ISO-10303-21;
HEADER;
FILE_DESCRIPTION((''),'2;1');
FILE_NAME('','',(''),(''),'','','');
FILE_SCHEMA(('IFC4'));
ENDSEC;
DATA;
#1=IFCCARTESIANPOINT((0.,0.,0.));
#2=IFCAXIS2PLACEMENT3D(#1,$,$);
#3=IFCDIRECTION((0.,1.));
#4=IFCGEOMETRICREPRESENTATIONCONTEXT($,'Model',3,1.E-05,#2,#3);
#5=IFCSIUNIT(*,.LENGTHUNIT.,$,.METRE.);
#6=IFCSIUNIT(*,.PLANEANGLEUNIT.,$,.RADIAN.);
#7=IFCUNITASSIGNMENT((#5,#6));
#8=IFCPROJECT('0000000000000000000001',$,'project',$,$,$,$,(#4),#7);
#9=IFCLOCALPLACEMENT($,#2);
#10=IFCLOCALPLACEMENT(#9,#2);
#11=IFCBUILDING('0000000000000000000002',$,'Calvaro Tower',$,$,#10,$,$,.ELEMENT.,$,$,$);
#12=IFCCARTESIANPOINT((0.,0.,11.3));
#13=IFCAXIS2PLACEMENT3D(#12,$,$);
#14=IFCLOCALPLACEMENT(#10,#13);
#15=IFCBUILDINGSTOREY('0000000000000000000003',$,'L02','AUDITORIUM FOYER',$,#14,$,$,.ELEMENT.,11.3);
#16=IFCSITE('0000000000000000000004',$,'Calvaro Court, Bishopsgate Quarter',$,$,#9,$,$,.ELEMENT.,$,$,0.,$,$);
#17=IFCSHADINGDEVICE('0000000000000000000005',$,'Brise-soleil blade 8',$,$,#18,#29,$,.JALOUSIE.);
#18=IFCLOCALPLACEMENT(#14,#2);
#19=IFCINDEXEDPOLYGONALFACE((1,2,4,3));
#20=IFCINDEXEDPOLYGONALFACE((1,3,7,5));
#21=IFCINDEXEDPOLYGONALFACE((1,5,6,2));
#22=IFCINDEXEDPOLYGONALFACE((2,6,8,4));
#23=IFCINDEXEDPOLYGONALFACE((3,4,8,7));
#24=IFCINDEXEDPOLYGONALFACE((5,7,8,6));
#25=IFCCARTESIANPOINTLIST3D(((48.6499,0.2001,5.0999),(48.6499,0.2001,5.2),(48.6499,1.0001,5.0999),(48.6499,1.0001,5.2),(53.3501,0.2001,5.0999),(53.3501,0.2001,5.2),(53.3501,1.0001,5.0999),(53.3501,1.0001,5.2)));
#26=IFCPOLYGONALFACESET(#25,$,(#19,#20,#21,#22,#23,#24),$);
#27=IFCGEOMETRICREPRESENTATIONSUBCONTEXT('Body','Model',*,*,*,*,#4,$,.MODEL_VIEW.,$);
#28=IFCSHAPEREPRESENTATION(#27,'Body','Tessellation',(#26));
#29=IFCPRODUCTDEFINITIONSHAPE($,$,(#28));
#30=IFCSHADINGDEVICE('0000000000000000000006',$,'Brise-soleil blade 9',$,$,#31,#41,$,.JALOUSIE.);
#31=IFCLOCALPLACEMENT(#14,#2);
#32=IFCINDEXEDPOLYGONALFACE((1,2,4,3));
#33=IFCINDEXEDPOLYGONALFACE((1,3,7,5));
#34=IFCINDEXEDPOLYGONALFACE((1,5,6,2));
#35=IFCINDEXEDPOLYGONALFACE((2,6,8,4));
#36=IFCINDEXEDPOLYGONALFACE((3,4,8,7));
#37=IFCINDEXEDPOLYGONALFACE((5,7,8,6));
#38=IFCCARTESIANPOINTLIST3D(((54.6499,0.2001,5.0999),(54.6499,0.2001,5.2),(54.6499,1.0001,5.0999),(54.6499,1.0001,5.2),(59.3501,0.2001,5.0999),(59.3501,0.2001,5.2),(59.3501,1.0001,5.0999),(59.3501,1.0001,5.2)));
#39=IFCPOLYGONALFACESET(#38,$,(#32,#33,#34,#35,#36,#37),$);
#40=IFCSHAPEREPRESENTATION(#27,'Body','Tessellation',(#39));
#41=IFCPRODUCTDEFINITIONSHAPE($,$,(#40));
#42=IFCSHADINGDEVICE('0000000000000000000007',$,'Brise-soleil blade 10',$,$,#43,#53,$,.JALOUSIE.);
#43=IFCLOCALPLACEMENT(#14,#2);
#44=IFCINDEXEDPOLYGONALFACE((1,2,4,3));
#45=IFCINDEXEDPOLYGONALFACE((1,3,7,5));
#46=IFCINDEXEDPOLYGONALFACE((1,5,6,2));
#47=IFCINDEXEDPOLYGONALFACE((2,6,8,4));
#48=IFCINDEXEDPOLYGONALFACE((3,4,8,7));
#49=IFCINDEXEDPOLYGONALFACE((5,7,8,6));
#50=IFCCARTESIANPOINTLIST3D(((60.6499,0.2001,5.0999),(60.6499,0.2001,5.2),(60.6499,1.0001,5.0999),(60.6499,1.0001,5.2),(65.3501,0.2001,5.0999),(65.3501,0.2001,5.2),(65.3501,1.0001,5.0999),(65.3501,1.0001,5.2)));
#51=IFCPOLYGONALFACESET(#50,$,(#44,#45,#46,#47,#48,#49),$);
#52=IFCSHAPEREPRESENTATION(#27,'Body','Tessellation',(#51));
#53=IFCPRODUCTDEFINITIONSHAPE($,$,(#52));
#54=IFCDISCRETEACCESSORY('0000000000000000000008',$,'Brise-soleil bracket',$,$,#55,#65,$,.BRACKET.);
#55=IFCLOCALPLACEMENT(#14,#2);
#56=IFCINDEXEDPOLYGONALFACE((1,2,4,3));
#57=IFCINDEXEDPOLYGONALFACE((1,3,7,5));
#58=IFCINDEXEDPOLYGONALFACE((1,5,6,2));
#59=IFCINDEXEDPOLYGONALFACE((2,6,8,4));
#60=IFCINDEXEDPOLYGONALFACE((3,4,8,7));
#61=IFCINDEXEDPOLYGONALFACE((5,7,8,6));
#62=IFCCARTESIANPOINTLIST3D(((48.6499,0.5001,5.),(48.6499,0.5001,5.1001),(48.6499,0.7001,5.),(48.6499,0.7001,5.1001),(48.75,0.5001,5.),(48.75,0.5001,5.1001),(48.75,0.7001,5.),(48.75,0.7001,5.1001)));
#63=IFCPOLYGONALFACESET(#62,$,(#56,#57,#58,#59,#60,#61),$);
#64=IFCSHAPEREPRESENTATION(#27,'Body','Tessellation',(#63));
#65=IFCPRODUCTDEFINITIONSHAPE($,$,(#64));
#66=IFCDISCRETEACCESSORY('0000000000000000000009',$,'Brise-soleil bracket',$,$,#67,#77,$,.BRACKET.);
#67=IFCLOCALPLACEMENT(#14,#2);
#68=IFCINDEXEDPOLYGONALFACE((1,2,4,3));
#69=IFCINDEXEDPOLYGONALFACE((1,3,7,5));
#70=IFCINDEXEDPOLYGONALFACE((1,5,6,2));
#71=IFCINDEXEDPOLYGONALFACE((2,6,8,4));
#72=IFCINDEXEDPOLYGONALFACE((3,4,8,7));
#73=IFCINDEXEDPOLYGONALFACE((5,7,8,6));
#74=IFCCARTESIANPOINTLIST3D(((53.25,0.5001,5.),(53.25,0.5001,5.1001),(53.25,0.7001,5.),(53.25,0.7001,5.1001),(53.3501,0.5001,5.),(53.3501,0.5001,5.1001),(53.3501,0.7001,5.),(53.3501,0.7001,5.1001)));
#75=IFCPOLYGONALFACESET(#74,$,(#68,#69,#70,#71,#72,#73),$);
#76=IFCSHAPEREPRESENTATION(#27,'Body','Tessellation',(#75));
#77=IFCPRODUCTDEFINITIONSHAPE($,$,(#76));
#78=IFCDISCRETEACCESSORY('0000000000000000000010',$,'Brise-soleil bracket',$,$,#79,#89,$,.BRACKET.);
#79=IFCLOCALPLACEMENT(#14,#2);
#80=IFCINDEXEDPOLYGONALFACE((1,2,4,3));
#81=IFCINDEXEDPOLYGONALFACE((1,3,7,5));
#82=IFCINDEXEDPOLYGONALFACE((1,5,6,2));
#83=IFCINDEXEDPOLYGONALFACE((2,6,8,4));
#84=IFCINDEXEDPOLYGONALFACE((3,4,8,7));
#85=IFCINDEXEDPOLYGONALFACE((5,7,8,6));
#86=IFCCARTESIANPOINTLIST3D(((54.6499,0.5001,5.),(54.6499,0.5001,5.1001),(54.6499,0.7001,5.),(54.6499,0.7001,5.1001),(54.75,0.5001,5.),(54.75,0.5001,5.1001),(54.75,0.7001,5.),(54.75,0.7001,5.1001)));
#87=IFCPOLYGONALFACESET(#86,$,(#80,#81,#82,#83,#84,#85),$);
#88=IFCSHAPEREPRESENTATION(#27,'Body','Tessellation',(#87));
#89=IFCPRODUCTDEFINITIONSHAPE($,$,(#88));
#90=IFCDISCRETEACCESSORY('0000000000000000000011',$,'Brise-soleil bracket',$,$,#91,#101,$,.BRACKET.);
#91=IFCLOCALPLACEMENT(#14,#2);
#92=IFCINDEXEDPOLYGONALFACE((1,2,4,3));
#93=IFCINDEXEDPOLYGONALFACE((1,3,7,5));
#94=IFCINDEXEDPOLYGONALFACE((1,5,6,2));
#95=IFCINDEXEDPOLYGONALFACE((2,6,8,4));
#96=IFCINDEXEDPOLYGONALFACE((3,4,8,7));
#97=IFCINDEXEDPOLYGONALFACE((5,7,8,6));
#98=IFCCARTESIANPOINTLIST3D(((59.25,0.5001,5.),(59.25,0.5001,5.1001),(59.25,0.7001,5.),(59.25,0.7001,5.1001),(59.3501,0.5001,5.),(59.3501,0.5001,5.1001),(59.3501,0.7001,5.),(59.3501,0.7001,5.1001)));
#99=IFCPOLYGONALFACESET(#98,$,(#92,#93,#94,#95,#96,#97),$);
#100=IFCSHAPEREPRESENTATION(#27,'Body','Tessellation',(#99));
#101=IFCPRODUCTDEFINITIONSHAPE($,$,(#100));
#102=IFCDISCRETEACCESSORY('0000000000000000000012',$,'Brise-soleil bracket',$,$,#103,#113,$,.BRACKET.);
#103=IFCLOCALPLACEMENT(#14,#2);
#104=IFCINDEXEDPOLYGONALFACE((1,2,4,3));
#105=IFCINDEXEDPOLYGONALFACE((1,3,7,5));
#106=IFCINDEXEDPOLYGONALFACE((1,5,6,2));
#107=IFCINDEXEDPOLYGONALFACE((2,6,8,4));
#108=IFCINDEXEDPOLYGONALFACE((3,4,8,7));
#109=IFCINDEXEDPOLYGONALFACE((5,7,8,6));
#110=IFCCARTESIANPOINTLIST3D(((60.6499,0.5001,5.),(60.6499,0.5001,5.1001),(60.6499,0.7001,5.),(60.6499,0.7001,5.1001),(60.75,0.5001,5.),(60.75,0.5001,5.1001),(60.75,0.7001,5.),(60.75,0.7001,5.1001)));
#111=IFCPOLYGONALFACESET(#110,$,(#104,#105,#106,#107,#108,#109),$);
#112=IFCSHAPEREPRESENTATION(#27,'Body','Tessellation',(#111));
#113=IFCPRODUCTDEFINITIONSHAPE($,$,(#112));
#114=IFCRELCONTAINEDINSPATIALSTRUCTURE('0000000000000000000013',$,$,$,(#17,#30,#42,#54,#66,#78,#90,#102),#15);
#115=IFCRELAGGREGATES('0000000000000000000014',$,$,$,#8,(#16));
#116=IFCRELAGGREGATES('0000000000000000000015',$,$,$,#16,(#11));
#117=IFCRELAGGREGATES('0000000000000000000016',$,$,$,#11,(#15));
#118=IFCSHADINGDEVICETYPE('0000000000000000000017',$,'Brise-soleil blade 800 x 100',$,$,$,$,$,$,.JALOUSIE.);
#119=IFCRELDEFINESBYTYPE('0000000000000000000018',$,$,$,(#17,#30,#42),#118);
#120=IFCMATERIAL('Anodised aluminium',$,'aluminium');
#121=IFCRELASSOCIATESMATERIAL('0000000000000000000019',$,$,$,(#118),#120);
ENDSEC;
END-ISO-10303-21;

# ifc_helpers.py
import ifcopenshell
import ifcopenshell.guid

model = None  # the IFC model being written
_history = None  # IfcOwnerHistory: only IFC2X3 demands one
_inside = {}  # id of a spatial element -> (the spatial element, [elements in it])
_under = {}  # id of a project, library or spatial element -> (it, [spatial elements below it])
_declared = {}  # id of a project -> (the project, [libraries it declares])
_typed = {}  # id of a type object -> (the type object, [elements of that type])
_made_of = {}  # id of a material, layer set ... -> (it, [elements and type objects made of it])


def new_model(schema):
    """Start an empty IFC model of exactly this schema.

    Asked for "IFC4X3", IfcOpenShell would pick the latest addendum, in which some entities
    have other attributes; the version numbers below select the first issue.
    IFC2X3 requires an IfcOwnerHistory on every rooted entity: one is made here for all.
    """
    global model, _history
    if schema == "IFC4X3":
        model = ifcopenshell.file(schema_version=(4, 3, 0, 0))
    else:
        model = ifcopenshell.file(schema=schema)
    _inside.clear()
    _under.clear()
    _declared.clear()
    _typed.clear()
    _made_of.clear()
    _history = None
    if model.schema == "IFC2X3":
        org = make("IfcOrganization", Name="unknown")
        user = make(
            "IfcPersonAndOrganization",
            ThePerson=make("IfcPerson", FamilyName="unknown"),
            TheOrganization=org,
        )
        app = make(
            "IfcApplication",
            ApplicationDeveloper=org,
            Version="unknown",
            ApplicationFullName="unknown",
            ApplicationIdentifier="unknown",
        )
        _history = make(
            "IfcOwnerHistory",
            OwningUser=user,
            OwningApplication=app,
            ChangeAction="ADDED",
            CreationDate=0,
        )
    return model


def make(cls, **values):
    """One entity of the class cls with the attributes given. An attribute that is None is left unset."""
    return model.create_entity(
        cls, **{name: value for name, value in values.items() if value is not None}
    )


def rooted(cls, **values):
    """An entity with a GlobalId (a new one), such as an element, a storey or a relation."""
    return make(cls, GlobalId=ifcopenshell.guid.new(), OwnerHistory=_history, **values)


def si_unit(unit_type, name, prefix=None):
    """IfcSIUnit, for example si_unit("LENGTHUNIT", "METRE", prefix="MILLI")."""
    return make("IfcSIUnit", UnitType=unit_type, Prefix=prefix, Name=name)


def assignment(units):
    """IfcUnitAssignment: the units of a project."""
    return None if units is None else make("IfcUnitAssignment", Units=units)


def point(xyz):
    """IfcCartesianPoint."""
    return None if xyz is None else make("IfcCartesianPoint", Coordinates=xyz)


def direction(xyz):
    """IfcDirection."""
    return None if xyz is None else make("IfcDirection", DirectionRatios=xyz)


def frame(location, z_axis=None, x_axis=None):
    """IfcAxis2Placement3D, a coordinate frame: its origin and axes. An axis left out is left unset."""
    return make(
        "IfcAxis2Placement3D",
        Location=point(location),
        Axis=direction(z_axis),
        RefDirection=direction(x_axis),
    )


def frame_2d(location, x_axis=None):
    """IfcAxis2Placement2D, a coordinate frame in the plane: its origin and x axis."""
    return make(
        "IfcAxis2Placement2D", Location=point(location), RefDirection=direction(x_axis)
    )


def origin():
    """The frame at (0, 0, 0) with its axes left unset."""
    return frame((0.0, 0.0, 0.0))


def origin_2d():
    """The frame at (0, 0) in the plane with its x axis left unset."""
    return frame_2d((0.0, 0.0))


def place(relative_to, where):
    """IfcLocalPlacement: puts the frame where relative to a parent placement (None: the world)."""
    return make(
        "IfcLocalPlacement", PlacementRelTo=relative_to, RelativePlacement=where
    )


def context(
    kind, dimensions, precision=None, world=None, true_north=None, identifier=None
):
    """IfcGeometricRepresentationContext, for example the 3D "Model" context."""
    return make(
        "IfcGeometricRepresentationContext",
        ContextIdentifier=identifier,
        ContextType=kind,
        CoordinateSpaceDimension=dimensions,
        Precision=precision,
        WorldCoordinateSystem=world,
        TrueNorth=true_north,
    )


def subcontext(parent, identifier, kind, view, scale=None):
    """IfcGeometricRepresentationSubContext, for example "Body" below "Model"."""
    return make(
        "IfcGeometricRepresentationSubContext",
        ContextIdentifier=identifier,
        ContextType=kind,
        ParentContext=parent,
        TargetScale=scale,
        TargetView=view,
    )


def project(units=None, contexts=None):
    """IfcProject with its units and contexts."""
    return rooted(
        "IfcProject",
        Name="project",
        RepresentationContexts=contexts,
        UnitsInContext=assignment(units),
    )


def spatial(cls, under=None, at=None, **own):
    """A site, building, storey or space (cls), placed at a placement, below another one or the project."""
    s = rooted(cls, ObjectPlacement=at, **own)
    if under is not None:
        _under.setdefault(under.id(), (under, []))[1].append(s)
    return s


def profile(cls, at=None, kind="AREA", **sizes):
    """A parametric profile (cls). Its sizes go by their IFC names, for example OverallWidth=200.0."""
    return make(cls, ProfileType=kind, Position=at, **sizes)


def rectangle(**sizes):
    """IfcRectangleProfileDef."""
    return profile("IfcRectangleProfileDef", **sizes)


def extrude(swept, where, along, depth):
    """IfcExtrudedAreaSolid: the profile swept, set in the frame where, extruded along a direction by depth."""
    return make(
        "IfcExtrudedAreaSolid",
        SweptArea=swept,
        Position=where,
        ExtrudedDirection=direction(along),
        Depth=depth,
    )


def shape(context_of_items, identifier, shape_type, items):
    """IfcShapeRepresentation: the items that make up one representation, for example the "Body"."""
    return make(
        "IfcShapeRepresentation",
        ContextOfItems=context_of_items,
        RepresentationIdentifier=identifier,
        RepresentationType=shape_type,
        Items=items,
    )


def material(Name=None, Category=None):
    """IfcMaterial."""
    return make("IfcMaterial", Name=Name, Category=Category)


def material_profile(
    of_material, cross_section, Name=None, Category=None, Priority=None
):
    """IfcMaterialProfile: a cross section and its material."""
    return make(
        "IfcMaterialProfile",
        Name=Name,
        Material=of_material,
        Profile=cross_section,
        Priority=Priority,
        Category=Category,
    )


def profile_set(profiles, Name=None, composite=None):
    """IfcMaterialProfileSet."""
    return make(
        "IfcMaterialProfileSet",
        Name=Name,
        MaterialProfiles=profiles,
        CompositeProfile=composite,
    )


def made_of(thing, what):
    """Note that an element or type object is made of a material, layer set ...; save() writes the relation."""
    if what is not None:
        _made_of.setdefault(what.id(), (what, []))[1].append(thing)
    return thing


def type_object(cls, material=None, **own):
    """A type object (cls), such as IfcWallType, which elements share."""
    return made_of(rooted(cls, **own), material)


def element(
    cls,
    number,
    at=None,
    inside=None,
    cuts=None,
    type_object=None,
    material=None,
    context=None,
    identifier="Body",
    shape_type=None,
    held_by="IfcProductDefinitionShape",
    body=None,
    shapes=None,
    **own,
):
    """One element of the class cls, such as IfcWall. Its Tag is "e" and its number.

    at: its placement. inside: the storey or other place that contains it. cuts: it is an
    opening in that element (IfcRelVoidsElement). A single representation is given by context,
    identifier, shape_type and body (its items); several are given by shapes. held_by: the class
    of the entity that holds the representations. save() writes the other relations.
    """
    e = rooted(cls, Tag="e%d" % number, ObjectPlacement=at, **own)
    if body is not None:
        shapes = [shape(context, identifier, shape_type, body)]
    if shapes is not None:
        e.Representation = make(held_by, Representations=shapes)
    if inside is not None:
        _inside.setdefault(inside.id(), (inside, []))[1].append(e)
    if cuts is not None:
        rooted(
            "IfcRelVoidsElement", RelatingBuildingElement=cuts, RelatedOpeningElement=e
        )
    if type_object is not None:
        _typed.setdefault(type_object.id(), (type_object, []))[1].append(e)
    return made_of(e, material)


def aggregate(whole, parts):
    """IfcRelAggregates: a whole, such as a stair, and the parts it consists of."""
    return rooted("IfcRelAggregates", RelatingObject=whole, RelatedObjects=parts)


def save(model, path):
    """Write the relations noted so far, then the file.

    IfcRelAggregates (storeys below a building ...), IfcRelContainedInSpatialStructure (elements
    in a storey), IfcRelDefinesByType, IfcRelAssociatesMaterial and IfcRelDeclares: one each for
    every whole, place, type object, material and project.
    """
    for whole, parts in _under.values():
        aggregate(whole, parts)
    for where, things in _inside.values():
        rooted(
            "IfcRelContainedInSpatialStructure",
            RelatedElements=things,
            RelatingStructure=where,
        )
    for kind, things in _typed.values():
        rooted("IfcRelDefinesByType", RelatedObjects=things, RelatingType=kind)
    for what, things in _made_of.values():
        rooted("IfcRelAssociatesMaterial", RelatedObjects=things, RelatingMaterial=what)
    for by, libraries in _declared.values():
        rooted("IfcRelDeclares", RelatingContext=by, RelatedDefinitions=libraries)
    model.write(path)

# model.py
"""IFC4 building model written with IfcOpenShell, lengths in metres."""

from ifc_helpers import new_model, si_unit, direction, frame, origin, origin_2d, place, context, subcontext, project, spatial, rectangle, extrude, material, material_profile, profile_set, type_object, element, save


model = new_model("IFC4")

# Units and contexts
model_context = context("Model", 3, precision=1e-05, world=origin(), true_north=direction((0.0, 1.0)))
body_context = subcontext(model_context, "Body", "Model", "MODEL_VIEW")
ifc_project = project(units=[si_unit("LENGTHUNIT", "METRE"), si_unit("PLANEANGLEUNIT", "RADIAN")], contexts=[model_context])

# Site, building, storey
site_placement = place(None, origin())
site = spatial("IfcSite", under=ifc_project, at=site_placement, Name="Calvaro Court, Bishopsgate Quarter", CompositionType="ELEMENT", RefElevation=0.0)
building_placement = place(site_placement, origin())
building = spatial("IfcBuilding", under=site, at=building_placement, Name="Calvaro Tower", CompositionType="ELEMENT")
storey_placement = place(building_placement, frame((0.0, 0.0, 11.3)))
storey = spatial("IfcBuildingStorey", under=building, at=storey_placement, Name="L02", Description="AUDITORIUM FOYER", CompositionType="ELEMENT", Elevation=11.3)

# Shading devices
ifc_material_1 = material(Name="Anodised aluminium", Category="aluminium")
ifc_material_profile_1 = material_profile(ifc_material_1, rectangle(XDim=0.8, YDim=0.1001, at=origin_2d()), Name="Brise-soleil blade 800 x 100")
ifc_profile_set_1 = profile_set([ifc_material_profile_1], Name="Anodised aluminium")
shading_device_type = type_object("IfcShadingDeviceType", Name="Brise-soleil blade 800 x 100", PredefinedType="JALOUSIE", material=ifc_profile_set_1)
for number, where, z_axis, x_axis, name in (
    (1, (48.6499, 0.6001, 5.1499), (1.0, 0.0, 0.0), (0.0, 1.0, 0.0), "Brise-soleil blade 8"),
    (2, (54.6499, 0.6001, 5.1499), (1.0, 0.0, 0.0), (0.0, 1.0, 0.0), "Brise-soleil blade 9"),
    (3, (60.6499, 0.6001, 5.1499), (1.0, 0.0, 0.0), (0.0, 1.0, 0.0), "Brise-soleil blade 10"),
):
    element("IfcShadingDevice", number, at=place(storey_placement, frame(where, z_axis=z_axis, x_axis=x_axis)), inside=storey, type_object=shading_device_type, Name=name, PredefinedType="JALOUSIE", context=body_context, shape_type="SweptSolid", body=[
        extrude(rectangle(XDim=0.8, YDim=0.1001, at=origin_2d()), origin(), (0.0, 0.0, 1.0), 4.7002),
    ])

# Discrete accessories
for number, where, z_axis, x_axis, name in (
    (4, (48.7, 0.6001, 5.0), (0.0, 0.0, 1.0), (1.0, 0.0, 0.0), "Brise-soleil bracket"),
    (5, (53.3, 0.6001, 5.0), (0.0, 0.0, 1.0), (1.0, 0.0, 0.0), "Brise-soleil bracket"),
    (6, (54.7, 0.6001, 5.0), (0.0, 0.0, 1.0), (1.0, 0.0, 0.0), "Brise-soleil bracket"),
    (7, (59.3, 0.6001, 5.0), (0.0, 0.0, 1.0), (1.0, 0.0, 0.0), "Brise-soleil bracket"),
    (8, (60.7, 0.6001, 5.0), (0.0, 0.0, 1.0), (1.0, 0.0, 0.0), "Brise-soleil bracket"),
):
    element("IfcDiscreteAccessory", number, at=place(storey_placement, frame(where, z_axis=z_axis, x_axis=x_axis)), inside=storey, Name=name, PredefinedType="BRACKET", context=body_context, shape_type="SweptSolid", body=[
        extrude(rectangle(XDim=0.1001, YDim=0.2, at=origin_2d()), origin(), (0.0, 0.0, 1.0), 0.1001),
    ])

save(model, "model.ifc")
